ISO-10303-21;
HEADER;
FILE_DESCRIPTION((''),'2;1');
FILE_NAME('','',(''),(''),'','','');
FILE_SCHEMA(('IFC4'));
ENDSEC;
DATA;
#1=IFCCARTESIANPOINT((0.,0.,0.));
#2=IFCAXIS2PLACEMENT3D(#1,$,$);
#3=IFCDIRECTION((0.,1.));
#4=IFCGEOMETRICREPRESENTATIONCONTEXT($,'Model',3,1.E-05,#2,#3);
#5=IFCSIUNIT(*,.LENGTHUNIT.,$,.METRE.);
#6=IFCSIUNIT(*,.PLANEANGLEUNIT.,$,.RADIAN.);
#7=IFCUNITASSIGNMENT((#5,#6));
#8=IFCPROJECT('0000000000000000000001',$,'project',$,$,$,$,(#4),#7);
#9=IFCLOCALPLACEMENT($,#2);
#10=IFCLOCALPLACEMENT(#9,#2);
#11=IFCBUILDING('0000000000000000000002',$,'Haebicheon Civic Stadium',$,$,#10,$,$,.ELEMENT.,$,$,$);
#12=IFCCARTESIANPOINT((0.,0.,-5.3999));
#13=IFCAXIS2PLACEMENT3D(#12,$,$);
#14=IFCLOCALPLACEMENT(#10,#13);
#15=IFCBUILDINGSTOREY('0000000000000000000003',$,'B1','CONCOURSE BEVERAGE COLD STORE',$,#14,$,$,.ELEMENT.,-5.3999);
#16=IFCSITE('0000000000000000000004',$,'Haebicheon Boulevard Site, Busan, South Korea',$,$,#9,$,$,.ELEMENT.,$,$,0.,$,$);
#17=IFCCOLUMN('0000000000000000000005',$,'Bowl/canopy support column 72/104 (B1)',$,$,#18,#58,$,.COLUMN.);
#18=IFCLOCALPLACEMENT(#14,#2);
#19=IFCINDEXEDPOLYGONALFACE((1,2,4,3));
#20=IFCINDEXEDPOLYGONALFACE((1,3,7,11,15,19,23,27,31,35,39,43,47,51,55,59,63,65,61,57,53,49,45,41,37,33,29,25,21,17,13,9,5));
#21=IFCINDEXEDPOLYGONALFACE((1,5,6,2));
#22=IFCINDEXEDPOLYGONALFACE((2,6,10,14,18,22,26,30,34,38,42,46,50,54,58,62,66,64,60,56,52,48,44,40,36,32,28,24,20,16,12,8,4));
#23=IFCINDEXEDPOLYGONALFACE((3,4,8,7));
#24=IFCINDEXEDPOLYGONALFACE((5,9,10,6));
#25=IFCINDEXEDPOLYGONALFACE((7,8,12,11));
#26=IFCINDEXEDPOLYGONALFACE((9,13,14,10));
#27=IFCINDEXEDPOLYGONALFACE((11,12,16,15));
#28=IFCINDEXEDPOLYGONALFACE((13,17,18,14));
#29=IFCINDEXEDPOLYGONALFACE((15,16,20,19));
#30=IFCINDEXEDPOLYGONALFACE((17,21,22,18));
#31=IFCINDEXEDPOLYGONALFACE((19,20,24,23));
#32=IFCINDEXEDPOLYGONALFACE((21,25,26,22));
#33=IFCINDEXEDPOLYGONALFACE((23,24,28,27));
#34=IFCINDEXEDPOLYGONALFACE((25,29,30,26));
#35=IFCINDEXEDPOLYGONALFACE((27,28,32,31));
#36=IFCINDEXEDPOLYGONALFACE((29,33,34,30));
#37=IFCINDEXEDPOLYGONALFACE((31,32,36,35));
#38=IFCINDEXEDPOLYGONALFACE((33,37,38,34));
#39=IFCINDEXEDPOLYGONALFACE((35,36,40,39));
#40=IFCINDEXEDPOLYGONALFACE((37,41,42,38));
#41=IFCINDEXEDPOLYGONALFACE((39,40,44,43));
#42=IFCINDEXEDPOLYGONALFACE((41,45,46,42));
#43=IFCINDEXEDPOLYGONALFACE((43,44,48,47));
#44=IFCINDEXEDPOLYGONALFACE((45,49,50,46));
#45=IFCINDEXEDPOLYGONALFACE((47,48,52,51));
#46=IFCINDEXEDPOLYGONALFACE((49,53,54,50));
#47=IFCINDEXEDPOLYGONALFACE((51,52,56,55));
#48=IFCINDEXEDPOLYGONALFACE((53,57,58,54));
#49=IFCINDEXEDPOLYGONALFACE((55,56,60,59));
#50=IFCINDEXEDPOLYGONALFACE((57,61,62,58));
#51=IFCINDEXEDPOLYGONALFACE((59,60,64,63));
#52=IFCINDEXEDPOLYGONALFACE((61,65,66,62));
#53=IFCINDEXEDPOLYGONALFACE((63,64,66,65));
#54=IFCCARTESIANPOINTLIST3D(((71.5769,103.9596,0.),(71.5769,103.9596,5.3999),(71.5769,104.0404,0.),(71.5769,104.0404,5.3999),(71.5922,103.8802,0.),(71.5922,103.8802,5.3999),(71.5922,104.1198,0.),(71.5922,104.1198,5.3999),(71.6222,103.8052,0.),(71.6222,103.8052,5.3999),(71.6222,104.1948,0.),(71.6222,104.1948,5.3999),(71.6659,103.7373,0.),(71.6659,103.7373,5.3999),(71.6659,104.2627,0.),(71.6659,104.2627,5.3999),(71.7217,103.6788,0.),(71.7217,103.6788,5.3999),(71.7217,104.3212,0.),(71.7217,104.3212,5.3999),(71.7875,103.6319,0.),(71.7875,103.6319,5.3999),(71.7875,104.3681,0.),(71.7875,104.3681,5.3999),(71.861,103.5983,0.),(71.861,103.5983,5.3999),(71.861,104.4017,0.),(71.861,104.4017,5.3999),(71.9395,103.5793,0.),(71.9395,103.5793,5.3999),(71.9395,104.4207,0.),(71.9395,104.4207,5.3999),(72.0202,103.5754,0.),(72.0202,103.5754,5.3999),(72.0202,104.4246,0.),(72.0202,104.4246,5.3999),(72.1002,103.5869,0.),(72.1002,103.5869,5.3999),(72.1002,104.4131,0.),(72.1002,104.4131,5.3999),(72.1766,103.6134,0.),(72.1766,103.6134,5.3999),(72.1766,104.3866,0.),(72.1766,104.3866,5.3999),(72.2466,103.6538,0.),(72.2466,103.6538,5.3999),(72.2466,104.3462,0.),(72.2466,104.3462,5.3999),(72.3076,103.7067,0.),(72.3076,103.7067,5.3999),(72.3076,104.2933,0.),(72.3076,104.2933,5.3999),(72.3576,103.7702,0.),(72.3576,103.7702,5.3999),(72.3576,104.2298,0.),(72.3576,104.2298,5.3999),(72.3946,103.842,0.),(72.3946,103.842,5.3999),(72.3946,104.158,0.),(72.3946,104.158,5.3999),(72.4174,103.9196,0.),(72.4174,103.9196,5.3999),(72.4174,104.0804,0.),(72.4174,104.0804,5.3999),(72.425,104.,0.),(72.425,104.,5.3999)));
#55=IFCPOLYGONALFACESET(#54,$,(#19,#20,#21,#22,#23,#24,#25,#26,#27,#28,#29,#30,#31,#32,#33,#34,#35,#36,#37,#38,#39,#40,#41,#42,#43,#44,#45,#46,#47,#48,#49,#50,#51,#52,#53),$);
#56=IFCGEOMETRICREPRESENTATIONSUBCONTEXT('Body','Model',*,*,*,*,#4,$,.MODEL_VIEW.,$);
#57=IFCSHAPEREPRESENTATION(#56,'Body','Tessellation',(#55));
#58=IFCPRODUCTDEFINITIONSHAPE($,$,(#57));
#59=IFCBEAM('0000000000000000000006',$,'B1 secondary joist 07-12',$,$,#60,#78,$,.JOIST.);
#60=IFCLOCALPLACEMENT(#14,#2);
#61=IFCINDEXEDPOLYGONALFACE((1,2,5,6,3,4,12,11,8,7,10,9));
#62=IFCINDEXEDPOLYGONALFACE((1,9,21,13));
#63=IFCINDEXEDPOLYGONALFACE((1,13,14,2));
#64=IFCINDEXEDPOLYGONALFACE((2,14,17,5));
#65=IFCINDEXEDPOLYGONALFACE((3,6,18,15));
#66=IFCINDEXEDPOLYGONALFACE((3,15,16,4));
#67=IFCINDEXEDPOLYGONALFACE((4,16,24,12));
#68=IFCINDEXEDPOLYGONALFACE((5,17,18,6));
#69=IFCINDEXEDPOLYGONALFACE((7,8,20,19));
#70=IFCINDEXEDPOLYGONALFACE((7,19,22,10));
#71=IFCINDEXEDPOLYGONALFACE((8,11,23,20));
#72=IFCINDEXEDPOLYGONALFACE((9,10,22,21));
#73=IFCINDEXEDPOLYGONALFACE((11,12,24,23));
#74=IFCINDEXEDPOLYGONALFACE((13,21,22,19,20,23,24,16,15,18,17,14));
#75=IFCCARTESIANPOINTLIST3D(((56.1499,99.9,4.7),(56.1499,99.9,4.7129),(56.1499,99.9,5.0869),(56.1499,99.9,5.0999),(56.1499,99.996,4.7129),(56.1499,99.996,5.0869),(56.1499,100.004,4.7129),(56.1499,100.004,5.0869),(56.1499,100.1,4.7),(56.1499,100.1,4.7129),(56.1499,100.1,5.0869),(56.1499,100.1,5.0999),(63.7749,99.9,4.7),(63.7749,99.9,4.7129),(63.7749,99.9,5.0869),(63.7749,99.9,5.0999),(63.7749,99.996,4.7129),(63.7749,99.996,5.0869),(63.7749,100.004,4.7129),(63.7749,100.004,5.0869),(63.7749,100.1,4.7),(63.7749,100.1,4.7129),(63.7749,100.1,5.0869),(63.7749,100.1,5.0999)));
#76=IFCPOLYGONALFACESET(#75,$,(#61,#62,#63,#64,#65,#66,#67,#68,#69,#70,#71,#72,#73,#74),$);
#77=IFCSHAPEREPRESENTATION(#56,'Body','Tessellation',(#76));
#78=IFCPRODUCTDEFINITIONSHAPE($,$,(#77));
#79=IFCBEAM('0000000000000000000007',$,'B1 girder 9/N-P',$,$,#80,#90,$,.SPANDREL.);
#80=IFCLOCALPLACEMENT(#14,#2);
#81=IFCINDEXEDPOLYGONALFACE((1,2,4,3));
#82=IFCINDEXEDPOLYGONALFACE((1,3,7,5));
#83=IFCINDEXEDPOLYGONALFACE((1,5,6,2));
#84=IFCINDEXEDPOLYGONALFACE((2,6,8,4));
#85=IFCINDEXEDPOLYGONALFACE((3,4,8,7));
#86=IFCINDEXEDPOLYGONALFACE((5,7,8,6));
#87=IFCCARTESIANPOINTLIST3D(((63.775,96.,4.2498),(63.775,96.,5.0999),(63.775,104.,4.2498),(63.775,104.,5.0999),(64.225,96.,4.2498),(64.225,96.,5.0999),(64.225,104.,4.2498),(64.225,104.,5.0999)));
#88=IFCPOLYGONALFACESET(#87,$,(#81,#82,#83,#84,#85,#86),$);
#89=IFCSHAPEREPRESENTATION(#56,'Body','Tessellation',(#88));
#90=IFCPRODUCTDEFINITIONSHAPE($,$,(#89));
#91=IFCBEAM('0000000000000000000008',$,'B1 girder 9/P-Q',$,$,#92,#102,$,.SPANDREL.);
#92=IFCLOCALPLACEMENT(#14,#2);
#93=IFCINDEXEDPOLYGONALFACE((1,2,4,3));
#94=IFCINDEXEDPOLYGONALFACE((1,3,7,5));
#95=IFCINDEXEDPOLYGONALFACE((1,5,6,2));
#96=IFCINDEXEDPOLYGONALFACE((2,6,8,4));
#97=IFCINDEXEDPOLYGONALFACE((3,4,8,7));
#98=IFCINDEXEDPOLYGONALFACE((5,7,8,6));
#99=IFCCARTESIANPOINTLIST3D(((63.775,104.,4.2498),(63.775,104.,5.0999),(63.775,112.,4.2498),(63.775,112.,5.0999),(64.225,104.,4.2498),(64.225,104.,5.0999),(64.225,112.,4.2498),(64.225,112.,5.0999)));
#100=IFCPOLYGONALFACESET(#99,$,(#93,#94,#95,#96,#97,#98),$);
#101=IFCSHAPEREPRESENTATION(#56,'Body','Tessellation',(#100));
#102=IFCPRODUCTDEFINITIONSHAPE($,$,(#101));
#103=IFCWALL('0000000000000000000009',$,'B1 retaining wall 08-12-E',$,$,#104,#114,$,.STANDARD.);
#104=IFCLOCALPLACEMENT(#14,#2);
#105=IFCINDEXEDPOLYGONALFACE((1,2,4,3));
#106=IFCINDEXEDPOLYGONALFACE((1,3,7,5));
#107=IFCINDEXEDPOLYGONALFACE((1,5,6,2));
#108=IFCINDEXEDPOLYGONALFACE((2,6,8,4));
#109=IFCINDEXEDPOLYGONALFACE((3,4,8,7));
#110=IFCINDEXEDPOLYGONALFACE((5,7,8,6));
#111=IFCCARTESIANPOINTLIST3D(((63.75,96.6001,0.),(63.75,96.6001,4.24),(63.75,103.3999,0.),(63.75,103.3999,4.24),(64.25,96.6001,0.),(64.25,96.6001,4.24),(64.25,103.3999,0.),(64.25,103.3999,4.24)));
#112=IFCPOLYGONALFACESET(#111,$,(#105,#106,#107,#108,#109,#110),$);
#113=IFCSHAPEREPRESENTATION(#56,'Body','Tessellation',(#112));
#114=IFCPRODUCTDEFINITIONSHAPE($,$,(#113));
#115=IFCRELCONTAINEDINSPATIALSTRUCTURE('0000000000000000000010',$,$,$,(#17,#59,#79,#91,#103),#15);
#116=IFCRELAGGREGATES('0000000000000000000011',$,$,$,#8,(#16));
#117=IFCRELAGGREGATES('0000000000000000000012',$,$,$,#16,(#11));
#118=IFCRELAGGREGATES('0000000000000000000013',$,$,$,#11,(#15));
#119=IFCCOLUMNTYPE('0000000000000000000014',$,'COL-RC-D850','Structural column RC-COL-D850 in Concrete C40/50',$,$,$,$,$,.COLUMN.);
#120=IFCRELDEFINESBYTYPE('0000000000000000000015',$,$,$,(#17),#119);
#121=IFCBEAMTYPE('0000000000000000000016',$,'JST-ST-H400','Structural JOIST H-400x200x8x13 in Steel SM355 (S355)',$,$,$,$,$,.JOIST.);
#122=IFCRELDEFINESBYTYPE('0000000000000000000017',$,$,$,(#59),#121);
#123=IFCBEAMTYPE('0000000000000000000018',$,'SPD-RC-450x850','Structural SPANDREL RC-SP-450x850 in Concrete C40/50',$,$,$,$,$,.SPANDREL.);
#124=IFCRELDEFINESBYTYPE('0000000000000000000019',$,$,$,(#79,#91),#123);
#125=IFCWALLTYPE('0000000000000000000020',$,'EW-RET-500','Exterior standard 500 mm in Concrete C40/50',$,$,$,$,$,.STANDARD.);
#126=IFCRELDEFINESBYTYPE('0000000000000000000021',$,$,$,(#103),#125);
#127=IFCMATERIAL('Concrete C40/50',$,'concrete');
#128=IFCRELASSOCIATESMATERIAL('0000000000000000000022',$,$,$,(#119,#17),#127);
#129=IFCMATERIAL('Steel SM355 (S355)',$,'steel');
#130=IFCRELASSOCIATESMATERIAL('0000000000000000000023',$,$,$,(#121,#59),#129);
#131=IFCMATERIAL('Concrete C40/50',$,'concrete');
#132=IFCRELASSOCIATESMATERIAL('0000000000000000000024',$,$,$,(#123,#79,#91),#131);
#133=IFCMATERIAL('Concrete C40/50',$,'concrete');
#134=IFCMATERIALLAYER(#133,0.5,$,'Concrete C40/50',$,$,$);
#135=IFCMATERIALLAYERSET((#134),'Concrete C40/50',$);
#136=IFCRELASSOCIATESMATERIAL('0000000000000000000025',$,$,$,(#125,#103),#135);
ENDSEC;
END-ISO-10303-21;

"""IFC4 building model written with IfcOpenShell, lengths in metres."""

from ifc_helpers import new_model, si_unit, direction, frame, frame_2d, origin, origin_2d, place, context, subcontext, project, spatial, rectangle, circle, i_section, extrude, material, layer, layer_set, material_profile, profile_set, type_object, element, save


model = new_model("IFC4")

# Units and contexts
model_context = context("Model", 3, precision=1e-05, world=origin(), true_north=direction((0.0, 1.0)))
body_context = subcontext(model_context, "Body", "Model", "MODEL_VIEW")
ifc_project = project(units=[si_unit("LENGTHUNIT", "METRE"), si_unit("PLANEANGLEUNIT", "RADIAN")], contexts=[model_context])

# Site, building, storey
site_placement = place(None, origin())
site = spatial("IfcSite", under=ifc_project, at=site_placement, Name="Haebicheon Boulevard Site, Busan, South Korea", CompositionType="ELEMENT", RefElevation=0.0)
building_placement = place(site_placement, origin())
building = spatial("IfcBuilding", under=site, at=building_placement, Name="Haebicheon Civic Stadium", CompositionType="ELEMENT")
storey_placement = place(building_placement, frame((0.0, 0.0, -5.3999)))
storey = spatial("IfcBuildingStorey", under=building, at=storey_placement, Name="B1", Description="CONCOURSE BEVERAGE COLD STORE", CompositionType="ELEMENT", Elevation=-5.3999)

# Column
ifc_material_1 = material(Name="Concrete C40/50", Category="concrete")
ifc_material_profile_1 = material_profile(ifc_material_1, circle(Radius=0.425, at=origin_2d()), Name="RC-COL-D850")
ifc_profile_set_1 = profile_set([ifc_material_profile_1], Name="Concrete C40/50")
column_type_1 = type_object("IfcColumnType", Name="COL-RC-D850", Description="Structural column RC-COL-D850 in Concrete C40/50", PredefinedType="COLUMN", material=ifc_profile_set_1)
for number, where, z_axis, x_axis, name in (
    (1, (72.0, 104.0, 0.0), (0.0, 0.0, 1.0), (1.0, 0.0, 0.0), "Bowl/canopy support column 72/104 (B1)"),
):
    element("IfcColumn", number, at=place(storey_placement, frame(where, z_axis=z_axis, x_axis=x_axis)), inside=storey, type_object=column_type_1, material=ifc_profile_set_1, Name=name, PredefinedType="COLUMN", context=body_context, shape_type="SweptSolid", body=[
        extrude(circle(Radius=0.425, at=origin_2d()), origin(), (0.0, 0.0, 1.0), 5.3999),
    ])

# Beams
ifc_material_2 = material(Name="Steel SM355 (S355)", Category="steel")
ifc_material_profile_2 = material_profile(ifc_material_2, i_section(OverallWidth=0.2, OverallDepth=0.3999, WebThickness=0.0081, FlangeThickness=0.0129, at=origin_2d()), Name="H-400x200x8x13")
ifc_profile_set_2 = profile_set([ifc_material_profile_2], Name="Steel SM355 (S355)")
beam_type_1 = type_object("IfcBeamType", Name="JST-ST-H400", Description="Structural JOIST H-400x200x8x13 in Steel SM355 (S355)", PredefinedType="JOIST", material=ifc_profile_set_2)
beam_placement = place(storey_placement, frame((56.1499, 100.0, 4.8999), z_axis=(1.0, 0.0, 0.0), x_axis=(0.0, 1.0, 0.0)))
element("IfcBeam", 2, at=beam_placement, inside=storey, type_object=beam_type_1, material=ifc_profile_set_2, Name="B1 secondary joist 07-12", PredefinedType="JOIST", context=body_context, shape_type="SweptSolid", body=[
    extrude(i_section(OverallWidth=0.2, OverallDepth=0.3999, WebThickness=0.0081, FlangeThickness=0.0129, at=origin_2d()), origin(), (0.0, 0.0, 1.0), 7.625),
])
ifc_material_3 = material(Name="Concrete C40/50", Category="concrete")
ifc_material_profile_3 = material_profile(ifc_material_3, rectangle(XDim=0.45, YDim=0.8501, at=origin_2d()), Name="RC-SP-450x850")
ifc_profile_set_3 = profile_set([ifc_material_profile_3], Name="Concrete C40/50")
beam_type_2 = type_object("IfcBeamType", Name="SPD-RC-450x850", Description="Structural SPANDREL RC-SP-450x850 in Concrete C40/50", PredefinedType="SPANDREL", material=ifc_profile_set_3)
for number, where, z_axis, x_axis, name in (
    (3, (64.0, 96.0, 4.6748), (0.0, 1.0, 0.0), (-1.0, 0.0, 0.0), "B1 girder 9/N-P"),
    (4, (64.0, 104.0, 4.6748), (0.0, 1.0, 0.0), (-1.0, 0.0, 0.0), "B1 girder 9/P-Q"),
):
    element("IfcBeam", number, at=place(storey_placement, frame(where, z_axis=z_axis, x_axis=x_axis)), inside=storey, type_object=beam_type_2, material=ifc_profile_set_3, Name=name, PredefinedType="SPANDREL", context=body_context, shape_type="SweptSolid", body=[
        extrude(rectangle(XDim=0.45, YDim=0.8501, at=origin_2d()), origin(), (0.0, 0.0, 1.0), 8.0),
    ])

# Wall
ifc_material_4 = material(Name="Concrete C40/50", Category="concrete")
ifc_layer_1 = layer(ifc_material_4, 0.5, Name="Concrete C40/50")
ifc_layer_set_1 = layer_set([ifc_layer_1], Name="Concrete C40/50")
wall_type = type_object("IfcWallType", Name="EW-RET-500", Description="Exterior standard 500 mm in Concrete C40/50", PredefinedType="STANDARD", material=ifc_layer_set_1)
wall_placement = place(storey_placement, frame((64.0, 96.6001, 0.0), z_axis=(0.0, 0.0, 1.0), x_axis=(0.0, 1.0, 0.0)))
element("IfcWall", 5, at=wall_placement, inside=storey, type_object=wall_type, material=ifc_layer_set_1, Name="B1 retaining wall 08-12-E", PredefinedType="STANDARD", context=body_context, shape_type="SweptSolid", body=[
    extrude(rectangle(XDim=6.7998, YDim=0.5, at=frame_2d((3.3999, 0.0))), origin(), (0.0, 0.0, 1.0), 4.24),
])

save(model, "model.ifc")
